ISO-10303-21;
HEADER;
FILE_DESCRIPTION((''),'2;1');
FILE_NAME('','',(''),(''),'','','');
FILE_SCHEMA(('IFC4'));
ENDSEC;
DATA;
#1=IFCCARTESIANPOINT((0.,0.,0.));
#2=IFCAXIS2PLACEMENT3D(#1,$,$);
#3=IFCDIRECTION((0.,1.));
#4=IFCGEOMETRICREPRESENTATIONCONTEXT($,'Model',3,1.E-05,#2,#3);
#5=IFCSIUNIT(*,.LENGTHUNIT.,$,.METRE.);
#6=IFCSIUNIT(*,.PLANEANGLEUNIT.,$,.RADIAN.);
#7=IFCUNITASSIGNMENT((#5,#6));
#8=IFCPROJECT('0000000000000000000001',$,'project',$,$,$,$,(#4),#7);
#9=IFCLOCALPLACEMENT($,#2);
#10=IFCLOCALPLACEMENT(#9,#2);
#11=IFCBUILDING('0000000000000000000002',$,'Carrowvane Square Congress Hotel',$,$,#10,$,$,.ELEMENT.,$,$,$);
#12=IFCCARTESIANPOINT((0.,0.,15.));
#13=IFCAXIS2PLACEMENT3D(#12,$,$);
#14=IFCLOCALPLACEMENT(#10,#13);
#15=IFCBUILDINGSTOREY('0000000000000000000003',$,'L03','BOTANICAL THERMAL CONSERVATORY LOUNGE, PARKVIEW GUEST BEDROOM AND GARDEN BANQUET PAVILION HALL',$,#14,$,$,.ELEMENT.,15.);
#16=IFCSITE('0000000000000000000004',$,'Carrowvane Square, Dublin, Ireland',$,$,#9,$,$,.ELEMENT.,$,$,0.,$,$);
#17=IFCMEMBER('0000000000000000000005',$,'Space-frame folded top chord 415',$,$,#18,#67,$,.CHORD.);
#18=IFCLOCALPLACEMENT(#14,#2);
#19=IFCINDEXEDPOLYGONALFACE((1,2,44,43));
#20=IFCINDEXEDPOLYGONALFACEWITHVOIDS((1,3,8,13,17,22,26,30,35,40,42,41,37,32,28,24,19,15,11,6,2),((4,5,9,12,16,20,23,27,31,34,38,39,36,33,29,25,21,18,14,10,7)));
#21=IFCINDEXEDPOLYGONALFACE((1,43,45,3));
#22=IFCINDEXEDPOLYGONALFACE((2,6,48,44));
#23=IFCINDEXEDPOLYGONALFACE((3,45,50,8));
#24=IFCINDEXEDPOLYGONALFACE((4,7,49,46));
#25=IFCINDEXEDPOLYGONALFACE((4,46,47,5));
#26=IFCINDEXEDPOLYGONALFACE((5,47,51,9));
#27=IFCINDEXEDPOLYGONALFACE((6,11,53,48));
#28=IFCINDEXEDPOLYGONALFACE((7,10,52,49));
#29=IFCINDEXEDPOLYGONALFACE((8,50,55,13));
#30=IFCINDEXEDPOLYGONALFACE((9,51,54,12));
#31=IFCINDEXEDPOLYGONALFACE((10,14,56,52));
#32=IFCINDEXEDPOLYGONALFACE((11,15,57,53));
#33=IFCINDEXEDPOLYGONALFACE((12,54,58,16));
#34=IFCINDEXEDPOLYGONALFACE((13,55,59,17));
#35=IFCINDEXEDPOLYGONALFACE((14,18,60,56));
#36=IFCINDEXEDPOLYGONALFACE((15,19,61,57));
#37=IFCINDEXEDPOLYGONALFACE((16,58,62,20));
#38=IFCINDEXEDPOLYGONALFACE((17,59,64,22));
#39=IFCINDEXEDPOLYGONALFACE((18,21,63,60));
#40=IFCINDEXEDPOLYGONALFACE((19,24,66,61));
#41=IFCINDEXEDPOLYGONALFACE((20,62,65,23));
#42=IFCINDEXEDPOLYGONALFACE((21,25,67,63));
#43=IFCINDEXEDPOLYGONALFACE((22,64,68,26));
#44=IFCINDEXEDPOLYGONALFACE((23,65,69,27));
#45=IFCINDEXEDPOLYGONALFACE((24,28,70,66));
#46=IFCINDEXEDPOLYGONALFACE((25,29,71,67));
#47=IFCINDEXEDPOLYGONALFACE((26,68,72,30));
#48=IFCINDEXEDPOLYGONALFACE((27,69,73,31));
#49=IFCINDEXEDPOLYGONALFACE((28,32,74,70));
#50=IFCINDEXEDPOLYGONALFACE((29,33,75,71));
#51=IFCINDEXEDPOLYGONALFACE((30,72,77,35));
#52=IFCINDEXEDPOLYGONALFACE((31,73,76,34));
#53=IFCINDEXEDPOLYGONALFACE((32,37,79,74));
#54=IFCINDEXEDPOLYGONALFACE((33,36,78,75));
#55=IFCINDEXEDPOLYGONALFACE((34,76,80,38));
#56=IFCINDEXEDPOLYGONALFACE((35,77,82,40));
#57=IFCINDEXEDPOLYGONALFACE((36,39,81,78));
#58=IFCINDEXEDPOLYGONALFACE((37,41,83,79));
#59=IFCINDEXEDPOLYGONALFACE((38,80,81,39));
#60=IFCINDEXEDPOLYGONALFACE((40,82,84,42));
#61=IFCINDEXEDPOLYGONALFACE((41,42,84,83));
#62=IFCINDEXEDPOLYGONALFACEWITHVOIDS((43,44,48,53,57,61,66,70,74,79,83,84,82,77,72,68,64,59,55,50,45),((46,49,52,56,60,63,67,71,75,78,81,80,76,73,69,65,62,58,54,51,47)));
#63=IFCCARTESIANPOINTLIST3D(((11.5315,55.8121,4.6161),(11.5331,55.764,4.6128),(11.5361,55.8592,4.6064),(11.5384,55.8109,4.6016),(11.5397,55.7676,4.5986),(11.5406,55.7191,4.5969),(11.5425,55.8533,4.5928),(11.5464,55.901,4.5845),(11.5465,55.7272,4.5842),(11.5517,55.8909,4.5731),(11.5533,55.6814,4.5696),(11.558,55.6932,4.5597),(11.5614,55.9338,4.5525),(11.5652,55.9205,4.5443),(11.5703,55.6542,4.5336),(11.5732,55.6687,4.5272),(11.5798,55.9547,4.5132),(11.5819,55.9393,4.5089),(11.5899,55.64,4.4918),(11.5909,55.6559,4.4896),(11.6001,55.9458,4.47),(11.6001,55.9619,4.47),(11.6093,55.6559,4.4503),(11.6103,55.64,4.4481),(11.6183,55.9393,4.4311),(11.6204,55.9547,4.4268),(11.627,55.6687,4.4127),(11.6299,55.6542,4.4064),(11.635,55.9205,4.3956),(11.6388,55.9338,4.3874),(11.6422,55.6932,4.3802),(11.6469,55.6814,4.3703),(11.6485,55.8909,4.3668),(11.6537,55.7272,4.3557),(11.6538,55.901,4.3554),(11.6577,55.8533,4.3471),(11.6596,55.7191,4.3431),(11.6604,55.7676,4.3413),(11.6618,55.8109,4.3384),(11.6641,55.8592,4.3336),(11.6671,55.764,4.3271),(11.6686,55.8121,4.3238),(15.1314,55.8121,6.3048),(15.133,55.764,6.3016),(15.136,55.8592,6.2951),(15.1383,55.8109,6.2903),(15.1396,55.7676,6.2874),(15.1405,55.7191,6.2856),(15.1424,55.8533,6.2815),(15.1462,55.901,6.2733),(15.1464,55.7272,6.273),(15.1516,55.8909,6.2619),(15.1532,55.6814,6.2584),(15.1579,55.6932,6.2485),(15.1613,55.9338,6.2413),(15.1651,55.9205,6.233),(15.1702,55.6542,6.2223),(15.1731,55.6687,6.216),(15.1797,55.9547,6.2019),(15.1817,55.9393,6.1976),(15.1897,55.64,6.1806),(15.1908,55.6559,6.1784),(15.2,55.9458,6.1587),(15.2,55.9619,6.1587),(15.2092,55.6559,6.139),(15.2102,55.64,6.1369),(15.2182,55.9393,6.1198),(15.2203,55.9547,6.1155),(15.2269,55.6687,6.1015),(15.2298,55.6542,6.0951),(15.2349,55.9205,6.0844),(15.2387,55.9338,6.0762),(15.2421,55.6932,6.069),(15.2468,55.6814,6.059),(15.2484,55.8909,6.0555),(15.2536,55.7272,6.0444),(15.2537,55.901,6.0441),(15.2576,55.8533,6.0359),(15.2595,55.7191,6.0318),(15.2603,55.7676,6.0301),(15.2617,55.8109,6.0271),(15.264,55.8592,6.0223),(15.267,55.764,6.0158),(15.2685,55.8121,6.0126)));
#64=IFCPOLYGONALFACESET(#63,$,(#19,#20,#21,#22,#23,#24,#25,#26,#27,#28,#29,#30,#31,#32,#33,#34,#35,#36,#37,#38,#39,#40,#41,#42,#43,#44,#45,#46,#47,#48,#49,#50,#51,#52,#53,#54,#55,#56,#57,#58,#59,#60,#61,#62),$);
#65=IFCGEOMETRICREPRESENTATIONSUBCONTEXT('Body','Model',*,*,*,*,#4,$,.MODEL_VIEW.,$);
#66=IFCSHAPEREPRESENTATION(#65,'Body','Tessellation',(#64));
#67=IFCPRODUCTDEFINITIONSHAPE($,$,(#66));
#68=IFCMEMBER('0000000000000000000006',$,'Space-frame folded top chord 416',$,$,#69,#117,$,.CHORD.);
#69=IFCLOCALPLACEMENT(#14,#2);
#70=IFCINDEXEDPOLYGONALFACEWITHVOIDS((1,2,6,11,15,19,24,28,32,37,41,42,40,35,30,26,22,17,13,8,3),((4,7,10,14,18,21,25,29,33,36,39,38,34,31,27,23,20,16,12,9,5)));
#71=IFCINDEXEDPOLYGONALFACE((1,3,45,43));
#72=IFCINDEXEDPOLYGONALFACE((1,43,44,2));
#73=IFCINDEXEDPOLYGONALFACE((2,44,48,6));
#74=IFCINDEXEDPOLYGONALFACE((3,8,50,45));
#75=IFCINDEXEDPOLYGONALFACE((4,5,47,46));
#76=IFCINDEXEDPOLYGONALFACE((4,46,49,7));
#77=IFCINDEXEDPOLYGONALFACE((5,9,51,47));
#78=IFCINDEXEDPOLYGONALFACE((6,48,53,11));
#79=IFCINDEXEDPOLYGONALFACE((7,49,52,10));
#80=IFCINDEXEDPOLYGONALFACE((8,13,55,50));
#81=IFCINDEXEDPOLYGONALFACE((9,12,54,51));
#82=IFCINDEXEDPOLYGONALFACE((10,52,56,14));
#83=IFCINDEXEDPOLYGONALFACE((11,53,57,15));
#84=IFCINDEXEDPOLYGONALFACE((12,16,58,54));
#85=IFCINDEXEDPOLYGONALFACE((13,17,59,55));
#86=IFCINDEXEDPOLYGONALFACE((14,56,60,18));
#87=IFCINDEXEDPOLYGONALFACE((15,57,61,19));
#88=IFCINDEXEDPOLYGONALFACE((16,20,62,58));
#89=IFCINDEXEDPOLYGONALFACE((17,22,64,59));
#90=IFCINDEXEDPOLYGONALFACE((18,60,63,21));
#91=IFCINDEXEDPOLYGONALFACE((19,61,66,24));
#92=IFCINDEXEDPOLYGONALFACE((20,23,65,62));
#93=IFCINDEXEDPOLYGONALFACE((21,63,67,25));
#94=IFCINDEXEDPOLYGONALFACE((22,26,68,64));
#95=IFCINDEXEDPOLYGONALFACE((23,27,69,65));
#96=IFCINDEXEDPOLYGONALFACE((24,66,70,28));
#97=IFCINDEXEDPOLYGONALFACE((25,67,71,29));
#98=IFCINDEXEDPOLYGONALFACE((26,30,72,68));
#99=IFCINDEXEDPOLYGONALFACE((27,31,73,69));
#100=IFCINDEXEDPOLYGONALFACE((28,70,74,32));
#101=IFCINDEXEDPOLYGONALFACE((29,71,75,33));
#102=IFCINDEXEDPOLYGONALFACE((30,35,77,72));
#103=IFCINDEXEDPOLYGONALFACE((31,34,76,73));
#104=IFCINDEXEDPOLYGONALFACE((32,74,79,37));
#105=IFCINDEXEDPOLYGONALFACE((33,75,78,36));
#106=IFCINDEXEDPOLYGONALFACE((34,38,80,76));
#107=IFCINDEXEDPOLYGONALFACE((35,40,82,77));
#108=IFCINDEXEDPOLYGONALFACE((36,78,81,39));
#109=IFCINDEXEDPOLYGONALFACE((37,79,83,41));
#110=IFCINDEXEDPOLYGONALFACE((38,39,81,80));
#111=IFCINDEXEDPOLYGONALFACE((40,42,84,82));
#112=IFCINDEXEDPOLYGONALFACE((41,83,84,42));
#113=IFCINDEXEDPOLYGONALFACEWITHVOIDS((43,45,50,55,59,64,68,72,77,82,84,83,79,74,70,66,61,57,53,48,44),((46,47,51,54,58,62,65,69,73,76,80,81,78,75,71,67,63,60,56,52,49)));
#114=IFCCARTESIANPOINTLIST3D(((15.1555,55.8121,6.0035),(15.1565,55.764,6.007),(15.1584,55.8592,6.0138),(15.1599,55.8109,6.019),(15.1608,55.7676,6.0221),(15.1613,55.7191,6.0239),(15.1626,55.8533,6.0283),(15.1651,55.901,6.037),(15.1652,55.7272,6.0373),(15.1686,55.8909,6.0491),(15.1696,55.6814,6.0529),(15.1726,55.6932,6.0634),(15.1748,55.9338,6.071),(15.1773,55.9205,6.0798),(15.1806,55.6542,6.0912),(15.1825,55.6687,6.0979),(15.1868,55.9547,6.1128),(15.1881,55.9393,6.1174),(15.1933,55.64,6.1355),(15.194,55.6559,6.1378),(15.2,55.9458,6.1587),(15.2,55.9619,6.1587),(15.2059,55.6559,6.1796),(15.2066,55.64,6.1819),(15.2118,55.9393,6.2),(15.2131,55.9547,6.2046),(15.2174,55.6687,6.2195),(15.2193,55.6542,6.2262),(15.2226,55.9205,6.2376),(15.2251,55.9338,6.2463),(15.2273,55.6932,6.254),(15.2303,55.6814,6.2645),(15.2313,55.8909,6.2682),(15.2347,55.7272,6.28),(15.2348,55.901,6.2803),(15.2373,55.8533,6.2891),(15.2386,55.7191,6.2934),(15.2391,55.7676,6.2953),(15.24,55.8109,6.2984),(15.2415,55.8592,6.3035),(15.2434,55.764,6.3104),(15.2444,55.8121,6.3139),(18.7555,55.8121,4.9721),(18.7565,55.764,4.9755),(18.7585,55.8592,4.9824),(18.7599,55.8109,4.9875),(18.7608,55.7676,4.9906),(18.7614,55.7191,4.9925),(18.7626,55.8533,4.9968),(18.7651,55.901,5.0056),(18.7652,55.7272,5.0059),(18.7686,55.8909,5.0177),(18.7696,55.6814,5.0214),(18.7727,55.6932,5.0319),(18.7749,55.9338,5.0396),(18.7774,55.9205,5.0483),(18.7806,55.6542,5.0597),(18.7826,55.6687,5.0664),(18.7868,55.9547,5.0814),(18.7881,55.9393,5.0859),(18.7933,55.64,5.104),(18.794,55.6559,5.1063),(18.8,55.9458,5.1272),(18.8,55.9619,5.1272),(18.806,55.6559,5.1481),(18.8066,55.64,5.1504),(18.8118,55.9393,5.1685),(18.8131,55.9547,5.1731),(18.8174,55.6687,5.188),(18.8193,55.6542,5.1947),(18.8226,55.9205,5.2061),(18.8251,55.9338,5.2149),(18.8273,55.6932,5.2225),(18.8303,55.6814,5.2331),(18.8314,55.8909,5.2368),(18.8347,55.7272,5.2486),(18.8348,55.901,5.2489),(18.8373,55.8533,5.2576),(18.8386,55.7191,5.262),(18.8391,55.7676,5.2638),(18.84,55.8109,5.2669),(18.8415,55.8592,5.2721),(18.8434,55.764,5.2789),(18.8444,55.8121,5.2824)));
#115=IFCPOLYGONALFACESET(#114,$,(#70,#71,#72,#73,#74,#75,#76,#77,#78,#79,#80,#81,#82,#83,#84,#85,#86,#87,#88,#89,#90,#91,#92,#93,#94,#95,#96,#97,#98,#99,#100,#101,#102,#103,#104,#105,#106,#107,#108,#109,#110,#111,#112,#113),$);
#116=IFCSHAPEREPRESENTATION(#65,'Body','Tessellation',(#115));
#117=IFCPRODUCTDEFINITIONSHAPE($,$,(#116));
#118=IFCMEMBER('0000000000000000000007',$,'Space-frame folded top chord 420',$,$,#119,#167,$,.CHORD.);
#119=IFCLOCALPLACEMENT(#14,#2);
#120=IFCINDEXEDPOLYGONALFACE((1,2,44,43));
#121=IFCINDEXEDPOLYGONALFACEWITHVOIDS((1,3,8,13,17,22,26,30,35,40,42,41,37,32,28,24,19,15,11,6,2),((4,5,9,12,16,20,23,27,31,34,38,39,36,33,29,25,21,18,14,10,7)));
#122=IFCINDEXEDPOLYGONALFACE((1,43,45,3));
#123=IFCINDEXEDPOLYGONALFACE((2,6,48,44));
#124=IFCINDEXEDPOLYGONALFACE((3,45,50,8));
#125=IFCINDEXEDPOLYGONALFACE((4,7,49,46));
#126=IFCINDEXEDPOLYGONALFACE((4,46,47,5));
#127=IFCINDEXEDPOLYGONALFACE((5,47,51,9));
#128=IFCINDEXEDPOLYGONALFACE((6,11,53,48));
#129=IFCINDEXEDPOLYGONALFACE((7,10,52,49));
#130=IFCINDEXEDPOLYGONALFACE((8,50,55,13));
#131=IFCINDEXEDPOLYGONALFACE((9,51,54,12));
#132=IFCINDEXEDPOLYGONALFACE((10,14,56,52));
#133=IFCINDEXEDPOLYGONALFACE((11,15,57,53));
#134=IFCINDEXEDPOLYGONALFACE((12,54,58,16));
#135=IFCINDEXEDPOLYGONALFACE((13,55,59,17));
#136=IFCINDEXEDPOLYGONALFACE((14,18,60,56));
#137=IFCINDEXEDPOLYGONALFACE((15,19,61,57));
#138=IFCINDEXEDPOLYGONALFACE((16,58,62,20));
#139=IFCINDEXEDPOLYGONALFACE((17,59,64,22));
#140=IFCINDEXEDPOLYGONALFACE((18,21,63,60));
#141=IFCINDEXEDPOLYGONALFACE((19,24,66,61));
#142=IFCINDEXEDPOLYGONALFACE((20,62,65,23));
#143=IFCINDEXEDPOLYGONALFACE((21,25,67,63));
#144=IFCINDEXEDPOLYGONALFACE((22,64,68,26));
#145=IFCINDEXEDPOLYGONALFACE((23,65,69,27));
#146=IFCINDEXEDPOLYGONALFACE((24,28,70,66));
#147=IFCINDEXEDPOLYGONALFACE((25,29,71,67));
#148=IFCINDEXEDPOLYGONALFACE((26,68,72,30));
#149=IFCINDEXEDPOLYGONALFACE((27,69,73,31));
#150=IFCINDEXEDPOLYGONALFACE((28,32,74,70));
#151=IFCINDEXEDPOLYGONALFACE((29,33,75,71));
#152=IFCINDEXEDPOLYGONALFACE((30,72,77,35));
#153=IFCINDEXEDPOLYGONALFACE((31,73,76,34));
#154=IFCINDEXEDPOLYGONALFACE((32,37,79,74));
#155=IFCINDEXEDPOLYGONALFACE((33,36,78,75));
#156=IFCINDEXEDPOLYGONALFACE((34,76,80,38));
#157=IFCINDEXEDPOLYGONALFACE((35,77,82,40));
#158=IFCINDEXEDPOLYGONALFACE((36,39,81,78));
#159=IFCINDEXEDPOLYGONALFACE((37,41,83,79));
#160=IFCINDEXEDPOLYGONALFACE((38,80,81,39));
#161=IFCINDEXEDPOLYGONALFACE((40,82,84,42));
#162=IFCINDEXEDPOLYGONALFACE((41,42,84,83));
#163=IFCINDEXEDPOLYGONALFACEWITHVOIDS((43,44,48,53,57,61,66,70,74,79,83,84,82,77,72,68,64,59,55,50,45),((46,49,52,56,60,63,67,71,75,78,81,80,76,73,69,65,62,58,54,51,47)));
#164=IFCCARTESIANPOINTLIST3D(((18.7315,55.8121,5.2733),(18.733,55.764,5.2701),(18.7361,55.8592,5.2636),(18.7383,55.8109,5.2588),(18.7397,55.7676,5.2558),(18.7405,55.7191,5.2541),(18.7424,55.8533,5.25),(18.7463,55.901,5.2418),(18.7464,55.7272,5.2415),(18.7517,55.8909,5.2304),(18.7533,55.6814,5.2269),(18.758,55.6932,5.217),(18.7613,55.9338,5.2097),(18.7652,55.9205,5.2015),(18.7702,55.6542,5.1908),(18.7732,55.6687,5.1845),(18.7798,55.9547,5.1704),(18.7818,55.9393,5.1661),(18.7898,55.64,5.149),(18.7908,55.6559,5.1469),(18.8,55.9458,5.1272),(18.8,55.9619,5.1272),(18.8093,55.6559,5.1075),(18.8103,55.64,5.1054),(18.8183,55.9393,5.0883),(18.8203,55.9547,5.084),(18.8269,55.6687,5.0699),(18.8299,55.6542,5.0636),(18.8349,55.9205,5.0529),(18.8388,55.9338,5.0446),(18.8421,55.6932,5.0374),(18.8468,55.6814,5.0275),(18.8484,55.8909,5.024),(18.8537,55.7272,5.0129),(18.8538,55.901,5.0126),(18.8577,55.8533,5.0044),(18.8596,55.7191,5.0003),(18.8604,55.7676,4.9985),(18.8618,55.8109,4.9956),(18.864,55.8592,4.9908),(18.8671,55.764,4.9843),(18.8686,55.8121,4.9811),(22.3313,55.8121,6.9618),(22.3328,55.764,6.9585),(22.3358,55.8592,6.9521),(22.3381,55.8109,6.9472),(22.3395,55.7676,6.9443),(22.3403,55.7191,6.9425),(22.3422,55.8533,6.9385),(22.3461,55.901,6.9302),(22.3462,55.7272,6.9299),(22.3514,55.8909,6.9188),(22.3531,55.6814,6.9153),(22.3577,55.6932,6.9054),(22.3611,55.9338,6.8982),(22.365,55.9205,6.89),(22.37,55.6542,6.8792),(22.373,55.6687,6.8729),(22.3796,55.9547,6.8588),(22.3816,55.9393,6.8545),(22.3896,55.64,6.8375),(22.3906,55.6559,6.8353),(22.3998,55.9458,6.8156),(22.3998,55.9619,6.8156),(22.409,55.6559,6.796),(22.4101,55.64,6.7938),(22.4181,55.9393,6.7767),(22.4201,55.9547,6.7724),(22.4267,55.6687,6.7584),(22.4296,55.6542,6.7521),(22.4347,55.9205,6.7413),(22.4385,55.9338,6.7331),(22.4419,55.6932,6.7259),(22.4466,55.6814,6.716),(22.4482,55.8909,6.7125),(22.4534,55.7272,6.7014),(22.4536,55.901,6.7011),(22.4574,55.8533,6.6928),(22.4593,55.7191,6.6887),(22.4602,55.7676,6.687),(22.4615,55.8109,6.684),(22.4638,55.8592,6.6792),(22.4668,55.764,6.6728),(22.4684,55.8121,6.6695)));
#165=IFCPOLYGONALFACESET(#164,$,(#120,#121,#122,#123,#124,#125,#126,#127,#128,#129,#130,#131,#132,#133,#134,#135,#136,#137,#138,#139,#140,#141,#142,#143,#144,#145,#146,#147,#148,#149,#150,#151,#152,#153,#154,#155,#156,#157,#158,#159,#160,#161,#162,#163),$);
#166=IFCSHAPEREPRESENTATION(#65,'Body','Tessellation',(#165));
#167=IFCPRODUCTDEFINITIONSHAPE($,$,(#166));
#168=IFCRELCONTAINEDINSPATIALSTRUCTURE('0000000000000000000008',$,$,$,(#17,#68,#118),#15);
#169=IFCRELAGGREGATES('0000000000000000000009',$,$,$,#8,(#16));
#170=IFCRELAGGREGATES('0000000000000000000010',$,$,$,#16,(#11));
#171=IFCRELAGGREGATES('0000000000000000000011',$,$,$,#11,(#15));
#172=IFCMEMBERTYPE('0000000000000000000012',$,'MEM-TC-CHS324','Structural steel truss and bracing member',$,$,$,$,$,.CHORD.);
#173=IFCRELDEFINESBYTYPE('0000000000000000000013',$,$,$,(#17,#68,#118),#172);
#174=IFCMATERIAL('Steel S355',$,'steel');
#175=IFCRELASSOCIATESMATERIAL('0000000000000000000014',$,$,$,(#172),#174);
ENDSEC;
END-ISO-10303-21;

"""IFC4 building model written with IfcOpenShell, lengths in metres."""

from ifc_helpers import new_model, si_unit, direction, frame, origin, origin_2d, place, context, subcontext, project, spatial, hollow_circle, extrude, material, material_profile, profile_set, type_object, element, save


model = new_model("IFC4")

# Units and contexts
model_context = context("Model", 3, precision=1e-05, world=origin(), true_north=direction((0.0, 1.0)))
body_context = subcontext(model_context, "Body", "Model", "MODEL_VIEW")
ifc_project = project(units=[si_unit("LENGTHUNIT", "METRE"), si_unit("PLANEANGLEUNIT", "RADIAN")], contexts=[model_context])

# Site, building, storey
site_placement = place(None, origin())
site = spatial("IfcSite", under=ifc_project, at=site_placement, Name="Carrowvane Square, Dublin, Ireland", CompositionType="ELEMENT", RefElevation=0.0)
building_placement = place(site_placement, origin())
building = spatial("IfcBuilding", under=site, at=building_placement, Name="Carrowvane Square Congress Hotel", CompositionType="ELEMENT")
storey_placement = place(building_placement, frame((0.0, 0.0, 15.0)))
storey = spatial("IfcBuildingStorey", under=building, at=storey_placement, Name="L03", Description="BOTANICAL THERMAL CONSERVATORY LOUNGE, PARKVIEW GUEST BEDROOM AND GARDEN BANQUET PAVILION HALL", CompositionType="ELEMENT", Elevation=15.0)

# Members
ifc_material_1 = material(Name="Steel S355", Category="steel")
ifc_material_profile_1 = material_profile(ifc_material_1, hollow_circle(Radius=0.1619, WallThickness=0.0161, at=origin_2d()), Name="CHS 323.9x16")
ifc_profile_set_1 = profile_set([ifc_material_profile_1], Name="Steel S355")
member_type_1 = type_object("IfcMemberType", Name="MEM-TC-CHS324", Description="Structural steel truss and bracing member", PredefinedType="CHORD", material=ifc_profile_set_1)
member_1_placement = place(storey_placement, frame((11.6001, 55.8, 4.47), z_axis=(0.905334, 0.0, 0.4247), x_axis=(0.0, 1.0, 0.0)))
element("IfcMember", 1, at=member_1_placement, inside=storey, type_object=member_type_1, Name="Space-frame folded top chord 415", PredefinedType="CHORD", context=body_context, shape_type="SweptSolid", body=[
    extrude(hollow_circle(Radius=0.1619, WallThickness=0.0161, at=origin_2d()), origin(), (0.0, 0.0, 1.0), 3.9763),
])
member_2_placement = place(storey_placement, frame((15.2, 55.8, 6.1587), z_axis=(0.961319, 0.0, -0.275436), x_axis=(0.0, 1.0, 0.0)))
element("IfcMember", 2, at=member_2_placement, inside=storey, type_object=member_type_1, Name="Space-frame folded top chord 416", PredefinedType="CHORD", context=body_context, shape_type="SweptSolid", body=[
    extrude(hollow_circle(Radius=0.1619, WallThickness=0.0161, at=origin_2d()), origin(), (0.0, 0.0, 1.0), 3.7449),
])
member_3_placement = place(storey_placement, frame((18.8, 55.8, 5.1272), z_axis=(0.905358, 0.0, 0.424649), x_axis=(0.0, 1.0, 0.0)))
element("IfcMember", 3, at=member_3_placement, inside=storey, type_object=member_type_1, Name="Space-frame folded top chord 420", PredefinedType="CHORD", context=body_context, shape_type="SweptSolid", body=[
    extrude(hollow_circle(Radius=0.1619, WallThickness=0.0161, at=origin_2d()), origin(), (0.0, 0.0, 1.0), 3.9761),
])

save(model, "model.ifc")
